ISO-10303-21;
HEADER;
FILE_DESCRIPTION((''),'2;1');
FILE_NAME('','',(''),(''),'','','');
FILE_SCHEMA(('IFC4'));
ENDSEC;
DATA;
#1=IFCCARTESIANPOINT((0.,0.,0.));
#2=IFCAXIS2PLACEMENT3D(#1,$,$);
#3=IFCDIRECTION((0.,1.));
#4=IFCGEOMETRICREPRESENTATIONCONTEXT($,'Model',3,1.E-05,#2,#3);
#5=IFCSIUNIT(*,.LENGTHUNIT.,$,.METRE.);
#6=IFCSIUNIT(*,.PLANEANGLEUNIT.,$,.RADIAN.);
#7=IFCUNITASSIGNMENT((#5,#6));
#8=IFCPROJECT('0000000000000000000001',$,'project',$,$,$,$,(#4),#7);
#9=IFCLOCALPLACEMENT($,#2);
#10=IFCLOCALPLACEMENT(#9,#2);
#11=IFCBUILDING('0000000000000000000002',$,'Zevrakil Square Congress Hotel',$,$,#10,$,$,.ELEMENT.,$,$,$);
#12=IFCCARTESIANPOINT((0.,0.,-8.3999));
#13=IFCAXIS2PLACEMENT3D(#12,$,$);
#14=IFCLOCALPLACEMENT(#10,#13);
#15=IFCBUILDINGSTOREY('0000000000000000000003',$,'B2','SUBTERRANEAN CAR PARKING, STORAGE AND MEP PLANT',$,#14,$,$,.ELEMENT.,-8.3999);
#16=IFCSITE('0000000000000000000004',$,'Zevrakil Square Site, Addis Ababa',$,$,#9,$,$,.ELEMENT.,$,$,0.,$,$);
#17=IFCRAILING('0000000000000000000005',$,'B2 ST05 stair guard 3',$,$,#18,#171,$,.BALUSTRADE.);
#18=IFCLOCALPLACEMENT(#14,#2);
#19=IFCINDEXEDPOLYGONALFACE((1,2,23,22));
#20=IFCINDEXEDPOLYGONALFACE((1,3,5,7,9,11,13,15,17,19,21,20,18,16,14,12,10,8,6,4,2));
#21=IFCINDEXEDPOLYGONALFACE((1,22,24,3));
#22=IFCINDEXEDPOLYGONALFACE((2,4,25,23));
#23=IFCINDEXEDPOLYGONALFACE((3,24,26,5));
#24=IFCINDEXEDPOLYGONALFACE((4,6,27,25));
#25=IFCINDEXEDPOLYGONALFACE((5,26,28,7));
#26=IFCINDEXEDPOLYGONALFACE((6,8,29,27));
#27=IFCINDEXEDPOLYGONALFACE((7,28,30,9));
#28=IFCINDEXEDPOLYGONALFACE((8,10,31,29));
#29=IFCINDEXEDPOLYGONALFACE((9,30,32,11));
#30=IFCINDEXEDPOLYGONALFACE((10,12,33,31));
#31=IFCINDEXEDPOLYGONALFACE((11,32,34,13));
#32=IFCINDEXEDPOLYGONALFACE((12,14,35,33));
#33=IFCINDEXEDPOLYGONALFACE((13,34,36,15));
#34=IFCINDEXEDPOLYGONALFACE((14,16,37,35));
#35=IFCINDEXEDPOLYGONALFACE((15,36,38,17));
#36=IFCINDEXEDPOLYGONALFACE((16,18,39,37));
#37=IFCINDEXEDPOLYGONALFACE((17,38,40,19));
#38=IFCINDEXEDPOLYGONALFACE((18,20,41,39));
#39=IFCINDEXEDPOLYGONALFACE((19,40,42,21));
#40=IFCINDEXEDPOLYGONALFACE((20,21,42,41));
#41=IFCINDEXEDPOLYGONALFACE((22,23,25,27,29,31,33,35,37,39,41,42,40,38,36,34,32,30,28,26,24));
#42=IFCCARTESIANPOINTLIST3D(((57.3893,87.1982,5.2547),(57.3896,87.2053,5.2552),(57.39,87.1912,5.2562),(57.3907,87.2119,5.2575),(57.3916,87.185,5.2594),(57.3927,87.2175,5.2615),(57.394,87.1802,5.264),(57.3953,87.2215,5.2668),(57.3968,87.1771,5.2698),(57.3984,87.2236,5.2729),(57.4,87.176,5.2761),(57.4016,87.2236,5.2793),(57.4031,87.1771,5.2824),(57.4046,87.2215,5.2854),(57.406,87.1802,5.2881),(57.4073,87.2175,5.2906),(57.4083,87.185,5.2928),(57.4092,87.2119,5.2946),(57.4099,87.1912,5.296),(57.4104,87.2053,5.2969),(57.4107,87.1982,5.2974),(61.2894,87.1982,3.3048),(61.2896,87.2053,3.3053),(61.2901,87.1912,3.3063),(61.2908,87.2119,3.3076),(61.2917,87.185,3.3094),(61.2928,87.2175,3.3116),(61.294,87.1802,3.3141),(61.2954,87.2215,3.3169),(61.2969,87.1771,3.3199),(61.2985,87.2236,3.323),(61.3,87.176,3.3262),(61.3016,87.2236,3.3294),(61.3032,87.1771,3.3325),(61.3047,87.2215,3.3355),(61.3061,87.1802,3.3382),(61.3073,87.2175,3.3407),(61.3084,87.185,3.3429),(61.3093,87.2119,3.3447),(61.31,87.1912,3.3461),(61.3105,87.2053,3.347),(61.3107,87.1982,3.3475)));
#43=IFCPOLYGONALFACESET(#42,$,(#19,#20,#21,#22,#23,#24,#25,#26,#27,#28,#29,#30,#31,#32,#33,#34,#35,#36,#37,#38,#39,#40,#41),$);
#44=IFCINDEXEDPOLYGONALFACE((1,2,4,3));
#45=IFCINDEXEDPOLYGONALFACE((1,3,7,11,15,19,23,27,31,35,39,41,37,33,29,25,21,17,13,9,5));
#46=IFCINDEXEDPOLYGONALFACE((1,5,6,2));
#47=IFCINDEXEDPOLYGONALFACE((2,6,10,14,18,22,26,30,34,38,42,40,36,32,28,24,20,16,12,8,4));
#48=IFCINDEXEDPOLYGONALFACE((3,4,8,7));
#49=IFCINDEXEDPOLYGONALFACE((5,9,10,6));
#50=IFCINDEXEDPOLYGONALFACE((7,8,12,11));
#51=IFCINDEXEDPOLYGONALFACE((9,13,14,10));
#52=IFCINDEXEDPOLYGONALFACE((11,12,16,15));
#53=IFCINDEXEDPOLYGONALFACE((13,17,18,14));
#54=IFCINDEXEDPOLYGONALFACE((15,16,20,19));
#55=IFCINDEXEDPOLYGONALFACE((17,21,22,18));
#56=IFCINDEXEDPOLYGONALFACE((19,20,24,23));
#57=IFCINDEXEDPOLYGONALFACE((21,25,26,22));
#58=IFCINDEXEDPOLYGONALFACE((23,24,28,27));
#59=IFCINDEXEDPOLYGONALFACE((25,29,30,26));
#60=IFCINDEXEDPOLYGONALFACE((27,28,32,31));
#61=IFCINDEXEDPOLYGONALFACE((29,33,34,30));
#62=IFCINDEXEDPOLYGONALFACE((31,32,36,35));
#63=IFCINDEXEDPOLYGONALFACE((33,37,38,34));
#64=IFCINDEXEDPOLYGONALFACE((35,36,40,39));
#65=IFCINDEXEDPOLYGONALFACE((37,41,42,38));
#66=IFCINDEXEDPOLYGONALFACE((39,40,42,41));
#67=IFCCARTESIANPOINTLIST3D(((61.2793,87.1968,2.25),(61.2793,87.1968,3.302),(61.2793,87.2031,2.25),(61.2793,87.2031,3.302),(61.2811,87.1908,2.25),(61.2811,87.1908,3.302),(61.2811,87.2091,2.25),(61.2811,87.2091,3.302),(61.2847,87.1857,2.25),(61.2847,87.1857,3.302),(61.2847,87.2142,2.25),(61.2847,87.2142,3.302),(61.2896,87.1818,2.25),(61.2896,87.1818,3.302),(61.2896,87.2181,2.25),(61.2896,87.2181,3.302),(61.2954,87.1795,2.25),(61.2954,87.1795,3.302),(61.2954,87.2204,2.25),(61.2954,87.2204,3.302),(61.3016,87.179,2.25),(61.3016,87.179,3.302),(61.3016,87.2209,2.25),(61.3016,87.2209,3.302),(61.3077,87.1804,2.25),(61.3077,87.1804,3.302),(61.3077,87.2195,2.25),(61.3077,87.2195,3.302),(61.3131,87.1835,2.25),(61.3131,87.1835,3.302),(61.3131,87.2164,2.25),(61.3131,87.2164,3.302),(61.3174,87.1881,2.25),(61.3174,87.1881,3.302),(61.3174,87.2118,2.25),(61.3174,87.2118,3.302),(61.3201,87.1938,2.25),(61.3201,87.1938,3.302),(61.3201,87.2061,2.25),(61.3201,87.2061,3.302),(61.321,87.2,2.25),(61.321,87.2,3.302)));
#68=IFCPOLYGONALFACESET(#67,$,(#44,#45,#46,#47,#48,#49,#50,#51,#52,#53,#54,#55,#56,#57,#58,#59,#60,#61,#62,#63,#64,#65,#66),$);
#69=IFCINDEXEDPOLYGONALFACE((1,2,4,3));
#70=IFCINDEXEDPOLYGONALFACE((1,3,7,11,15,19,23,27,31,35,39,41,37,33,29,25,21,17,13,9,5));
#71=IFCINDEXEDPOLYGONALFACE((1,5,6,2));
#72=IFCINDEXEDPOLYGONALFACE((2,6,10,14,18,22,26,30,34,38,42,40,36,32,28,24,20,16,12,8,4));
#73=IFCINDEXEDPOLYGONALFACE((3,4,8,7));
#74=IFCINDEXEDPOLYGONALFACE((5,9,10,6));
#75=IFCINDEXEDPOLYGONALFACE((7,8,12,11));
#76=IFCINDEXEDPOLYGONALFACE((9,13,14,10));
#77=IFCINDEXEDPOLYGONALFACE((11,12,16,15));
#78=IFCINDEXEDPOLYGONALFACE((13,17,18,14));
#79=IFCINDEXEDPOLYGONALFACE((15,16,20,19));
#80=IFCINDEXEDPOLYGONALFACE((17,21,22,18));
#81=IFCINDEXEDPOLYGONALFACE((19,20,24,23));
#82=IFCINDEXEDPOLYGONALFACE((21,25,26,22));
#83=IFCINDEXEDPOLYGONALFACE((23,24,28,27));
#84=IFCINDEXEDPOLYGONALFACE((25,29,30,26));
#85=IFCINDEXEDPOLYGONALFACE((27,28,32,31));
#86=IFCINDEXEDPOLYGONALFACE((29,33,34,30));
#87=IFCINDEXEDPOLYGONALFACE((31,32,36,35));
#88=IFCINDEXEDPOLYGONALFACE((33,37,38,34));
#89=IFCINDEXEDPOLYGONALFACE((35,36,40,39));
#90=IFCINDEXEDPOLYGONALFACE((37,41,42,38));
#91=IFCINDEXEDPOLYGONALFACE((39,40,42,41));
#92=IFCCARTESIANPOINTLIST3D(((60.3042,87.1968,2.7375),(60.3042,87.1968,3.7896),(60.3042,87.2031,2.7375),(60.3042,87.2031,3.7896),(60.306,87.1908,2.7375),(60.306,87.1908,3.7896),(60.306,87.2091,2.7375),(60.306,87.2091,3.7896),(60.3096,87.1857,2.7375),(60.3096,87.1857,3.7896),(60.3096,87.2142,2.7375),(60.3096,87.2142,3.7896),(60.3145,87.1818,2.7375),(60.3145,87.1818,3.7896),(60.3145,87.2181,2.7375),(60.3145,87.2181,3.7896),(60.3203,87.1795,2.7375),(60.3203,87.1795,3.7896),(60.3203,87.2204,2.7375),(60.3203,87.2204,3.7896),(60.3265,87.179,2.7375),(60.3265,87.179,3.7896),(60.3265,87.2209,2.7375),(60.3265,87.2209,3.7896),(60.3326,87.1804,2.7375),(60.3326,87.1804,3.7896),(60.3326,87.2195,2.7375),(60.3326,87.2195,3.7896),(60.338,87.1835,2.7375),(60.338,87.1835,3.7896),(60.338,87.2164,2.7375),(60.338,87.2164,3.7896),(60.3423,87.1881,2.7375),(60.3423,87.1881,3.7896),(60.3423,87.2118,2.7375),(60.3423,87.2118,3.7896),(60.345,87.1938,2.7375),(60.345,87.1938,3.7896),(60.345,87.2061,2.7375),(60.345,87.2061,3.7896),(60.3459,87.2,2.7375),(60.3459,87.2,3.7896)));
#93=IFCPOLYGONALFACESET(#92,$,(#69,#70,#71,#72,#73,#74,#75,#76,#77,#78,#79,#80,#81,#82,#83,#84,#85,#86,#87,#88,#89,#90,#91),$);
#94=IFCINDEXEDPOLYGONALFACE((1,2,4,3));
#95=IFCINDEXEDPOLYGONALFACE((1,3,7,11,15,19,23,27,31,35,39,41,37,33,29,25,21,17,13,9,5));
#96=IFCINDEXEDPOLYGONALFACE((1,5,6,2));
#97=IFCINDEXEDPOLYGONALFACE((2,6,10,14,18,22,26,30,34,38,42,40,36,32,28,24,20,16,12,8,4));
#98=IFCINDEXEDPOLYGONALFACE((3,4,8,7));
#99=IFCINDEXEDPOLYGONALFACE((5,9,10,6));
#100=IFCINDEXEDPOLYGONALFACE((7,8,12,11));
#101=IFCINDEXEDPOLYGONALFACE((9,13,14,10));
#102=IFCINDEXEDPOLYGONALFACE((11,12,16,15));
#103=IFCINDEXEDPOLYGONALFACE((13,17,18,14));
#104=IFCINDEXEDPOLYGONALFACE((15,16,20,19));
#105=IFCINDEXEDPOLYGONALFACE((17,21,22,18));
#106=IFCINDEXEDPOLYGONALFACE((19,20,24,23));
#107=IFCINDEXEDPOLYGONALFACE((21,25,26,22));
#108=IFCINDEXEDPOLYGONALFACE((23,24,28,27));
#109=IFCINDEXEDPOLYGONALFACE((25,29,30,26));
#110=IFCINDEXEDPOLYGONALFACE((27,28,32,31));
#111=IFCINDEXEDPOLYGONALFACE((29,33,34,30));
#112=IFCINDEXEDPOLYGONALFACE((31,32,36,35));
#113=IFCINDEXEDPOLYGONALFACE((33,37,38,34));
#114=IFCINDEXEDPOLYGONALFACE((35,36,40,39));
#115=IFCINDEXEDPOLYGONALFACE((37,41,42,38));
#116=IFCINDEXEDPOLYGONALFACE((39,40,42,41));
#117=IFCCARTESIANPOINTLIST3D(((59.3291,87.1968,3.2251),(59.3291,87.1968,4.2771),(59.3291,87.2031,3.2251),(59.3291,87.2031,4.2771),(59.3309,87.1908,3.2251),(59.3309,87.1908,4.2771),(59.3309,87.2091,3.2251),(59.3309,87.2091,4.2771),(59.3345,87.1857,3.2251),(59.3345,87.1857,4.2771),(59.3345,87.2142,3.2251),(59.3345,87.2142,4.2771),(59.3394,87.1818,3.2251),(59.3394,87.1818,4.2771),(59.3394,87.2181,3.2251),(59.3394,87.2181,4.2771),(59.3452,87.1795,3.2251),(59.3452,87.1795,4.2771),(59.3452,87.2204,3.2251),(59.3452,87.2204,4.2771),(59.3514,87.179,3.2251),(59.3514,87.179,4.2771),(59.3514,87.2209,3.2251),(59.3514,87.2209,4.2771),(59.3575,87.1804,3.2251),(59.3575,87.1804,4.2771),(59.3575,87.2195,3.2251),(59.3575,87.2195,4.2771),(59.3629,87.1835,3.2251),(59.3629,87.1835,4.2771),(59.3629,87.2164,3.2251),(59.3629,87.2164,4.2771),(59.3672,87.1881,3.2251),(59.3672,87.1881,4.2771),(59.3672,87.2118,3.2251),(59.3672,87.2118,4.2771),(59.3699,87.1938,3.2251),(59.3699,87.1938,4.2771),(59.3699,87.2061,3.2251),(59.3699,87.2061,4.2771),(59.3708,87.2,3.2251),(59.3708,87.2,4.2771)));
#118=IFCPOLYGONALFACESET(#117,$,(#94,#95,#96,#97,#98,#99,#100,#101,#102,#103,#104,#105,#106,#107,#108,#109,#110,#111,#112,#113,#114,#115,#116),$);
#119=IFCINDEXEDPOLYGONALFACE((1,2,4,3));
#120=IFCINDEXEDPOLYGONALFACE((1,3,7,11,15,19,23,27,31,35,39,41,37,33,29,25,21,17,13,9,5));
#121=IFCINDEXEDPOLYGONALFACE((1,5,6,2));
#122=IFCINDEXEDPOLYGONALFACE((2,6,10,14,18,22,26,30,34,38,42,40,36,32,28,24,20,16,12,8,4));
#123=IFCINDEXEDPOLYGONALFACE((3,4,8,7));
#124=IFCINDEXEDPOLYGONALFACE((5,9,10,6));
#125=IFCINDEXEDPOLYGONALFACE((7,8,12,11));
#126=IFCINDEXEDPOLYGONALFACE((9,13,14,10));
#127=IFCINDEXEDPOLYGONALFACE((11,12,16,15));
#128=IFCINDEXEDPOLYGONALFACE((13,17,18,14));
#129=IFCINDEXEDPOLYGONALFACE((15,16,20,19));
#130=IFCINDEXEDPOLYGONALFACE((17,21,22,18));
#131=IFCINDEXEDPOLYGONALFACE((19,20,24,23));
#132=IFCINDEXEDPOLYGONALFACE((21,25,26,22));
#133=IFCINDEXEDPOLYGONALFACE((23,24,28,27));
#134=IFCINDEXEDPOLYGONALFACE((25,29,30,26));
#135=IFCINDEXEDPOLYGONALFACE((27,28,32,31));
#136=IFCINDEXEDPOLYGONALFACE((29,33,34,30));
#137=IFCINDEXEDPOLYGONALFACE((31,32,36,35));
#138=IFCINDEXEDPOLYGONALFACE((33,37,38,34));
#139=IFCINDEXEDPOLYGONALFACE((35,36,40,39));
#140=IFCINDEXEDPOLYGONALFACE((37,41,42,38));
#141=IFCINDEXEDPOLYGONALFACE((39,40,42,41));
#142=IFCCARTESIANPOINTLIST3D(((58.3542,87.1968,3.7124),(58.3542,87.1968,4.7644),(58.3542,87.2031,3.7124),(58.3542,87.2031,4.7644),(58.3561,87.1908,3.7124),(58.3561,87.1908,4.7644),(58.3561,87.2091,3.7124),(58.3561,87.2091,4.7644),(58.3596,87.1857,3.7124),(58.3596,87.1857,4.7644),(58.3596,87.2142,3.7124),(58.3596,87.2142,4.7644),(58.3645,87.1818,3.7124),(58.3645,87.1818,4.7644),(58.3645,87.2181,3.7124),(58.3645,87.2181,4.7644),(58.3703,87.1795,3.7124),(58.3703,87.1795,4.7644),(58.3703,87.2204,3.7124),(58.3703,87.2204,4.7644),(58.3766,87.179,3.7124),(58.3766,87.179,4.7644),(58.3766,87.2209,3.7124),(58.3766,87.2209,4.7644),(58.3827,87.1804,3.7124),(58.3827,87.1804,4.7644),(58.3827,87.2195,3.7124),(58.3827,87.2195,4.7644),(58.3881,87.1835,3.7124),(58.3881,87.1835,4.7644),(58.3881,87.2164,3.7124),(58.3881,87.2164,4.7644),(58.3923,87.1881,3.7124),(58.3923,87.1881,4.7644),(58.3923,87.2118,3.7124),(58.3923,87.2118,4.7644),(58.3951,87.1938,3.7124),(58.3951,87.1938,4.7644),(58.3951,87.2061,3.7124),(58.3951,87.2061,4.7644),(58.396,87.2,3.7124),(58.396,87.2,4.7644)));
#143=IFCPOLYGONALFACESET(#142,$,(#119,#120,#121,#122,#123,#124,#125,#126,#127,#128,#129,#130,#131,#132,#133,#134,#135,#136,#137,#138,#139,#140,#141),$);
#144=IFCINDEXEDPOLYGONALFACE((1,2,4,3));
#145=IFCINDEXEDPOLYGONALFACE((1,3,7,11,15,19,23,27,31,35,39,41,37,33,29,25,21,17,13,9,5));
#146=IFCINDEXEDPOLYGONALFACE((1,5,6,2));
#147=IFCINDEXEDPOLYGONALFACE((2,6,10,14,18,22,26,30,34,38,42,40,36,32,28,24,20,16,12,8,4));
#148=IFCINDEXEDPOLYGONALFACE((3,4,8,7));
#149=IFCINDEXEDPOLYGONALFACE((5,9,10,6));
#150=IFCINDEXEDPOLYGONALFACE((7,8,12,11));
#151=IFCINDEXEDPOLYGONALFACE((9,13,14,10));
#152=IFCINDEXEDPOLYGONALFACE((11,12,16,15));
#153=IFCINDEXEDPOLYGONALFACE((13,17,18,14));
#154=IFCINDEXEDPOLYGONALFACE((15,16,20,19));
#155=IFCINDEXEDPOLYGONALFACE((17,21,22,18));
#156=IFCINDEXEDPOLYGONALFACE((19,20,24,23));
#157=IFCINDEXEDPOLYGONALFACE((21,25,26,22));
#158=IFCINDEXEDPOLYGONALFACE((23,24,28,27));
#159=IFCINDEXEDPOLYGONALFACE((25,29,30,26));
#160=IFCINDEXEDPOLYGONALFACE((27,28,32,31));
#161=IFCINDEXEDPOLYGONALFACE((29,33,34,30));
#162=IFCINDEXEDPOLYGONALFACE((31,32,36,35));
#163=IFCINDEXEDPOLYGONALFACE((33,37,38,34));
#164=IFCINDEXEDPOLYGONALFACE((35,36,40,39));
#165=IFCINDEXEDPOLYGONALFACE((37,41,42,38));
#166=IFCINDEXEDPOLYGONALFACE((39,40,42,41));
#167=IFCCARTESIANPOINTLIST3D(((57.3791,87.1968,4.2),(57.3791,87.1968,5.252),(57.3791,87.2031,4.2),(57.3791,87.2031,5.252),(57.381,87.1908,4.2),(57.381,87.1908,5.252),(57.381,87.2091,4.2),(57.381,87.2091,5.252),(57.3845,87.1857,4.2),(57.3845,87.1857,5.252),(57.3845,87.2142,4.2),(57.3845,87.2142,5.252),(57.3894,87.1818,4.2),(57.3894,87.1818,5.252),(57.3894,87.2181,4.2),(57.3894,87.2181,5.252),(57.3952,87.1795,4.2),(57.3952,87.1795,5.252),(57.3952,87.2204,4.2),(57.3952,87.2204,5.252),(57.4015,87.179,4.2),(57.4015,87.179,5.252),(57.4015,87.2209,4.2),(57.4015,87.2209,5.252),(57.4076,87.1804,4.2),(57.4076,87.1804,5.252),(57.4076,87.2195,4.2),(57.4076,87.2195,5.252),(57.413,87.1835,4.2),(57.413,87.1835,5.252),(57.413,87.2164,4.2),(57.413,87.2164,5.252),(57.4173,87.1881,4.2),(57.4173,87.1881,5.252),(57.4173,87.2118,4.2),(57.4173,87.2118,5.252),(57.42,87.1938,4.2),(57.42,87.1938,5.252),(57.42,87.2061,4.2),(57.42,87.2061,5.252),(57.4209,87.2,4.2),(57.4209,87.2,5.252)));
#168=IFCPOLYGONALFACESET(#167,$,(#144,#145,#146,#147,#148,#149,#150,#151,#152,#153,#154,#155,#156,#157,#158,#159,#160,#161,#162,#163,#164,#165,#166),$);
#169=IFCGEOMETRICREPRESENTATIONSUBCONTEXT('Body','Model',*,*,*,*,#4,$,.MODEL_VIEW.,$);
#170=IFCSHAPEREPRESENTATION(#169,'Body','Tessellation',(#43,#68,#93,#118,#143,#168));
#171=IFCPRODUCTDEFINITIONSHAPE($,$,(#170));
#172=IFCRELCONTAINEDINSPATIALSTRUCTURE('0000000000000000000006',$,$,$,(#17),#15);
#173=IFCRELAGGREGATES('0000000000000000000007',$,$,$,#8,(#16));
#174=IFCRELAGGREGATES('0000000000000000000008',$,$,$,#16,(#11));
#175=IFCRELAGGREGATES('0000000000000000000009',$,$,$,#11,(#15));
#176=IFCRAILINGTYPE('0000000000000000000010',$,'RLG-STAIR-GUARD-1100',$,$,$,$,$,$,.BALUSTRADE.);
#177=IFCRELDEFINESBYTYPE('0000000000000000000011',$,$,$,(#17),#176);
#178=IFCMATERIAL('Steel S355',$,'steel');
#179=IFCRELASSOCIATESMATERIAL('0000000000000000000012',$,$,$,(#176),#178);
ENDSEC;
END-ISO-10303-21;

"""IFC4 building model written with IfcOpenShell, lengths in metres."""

from ifc_helpers import new_model, si_unit, direction, frame, origin, origin_2d, place, context, subcontext, project, spatial, circle, extrude, material, type_object, element, save


model = new_model("IFC4")

# Units and contexts
model_context = context("Model", 3, precision=1e-05, world=origin(), true_north=direction((0.0, 1.0)))
body_context = subcontext(model_context, "Body", "Model", "MODEL_VIEW")
ifc_project = project(units=[si_unit("LENGTHUNIT", "METRE"), si_unit("PLANEANGLEUNIT", "RADIAN")], contexts=[model_context])

# Site, building, storey
site_placement = place(None, origin())
site = spatial("IfcSite", under=ifc_project, at=site_placement, Name="Zevrakil Square Site, Addis Ababa", CompositionType="ELEMENT", RefElevation=0.0)
building_placement = place(site_placement, origin())
building = spatial("IfcBuilding", under=site, at=building_placement, Name="Zevrakil Square Congress Hotel", CompositionType="ELEMENT")
storey_placement = place(building_placement, frame((0.0, 0.0, -8.3999)))
storey = spatial("IfcBuildingStorey", under=building, at=storey_placement, Name="B2", Description="SUBTERRANEAN CAR PARKING, STORAGE AND MEP PLANT", CompositionType="ELEMENT", Elevation=-8.3999)

# Railing
ifc_material_1 = material(Name="Steel S355", Category="steel")
railing_type_1 = type_object("IfcRailingType", Name="RLG-STAIR-GUARD-1100", PredefinedType="BALUSTRADE", material=ifc_material_1)
railing_1_placement = place(storey_placement, frame((61.3, 87.2, 2.25)))
element("IfcRailing", 1, at=railing_1_placement, inside=storey, type_object=railing_type_1, Name="B2 ST05 stair guard 3", PredefinedType="BALUSTRADE", context=body_context, shape_type="SweptSolid", body=[
    extrude(circle(Radius=0.0239, at=origin_2d()), frame((0.0, 0.0, 1.0762), z_axis=(-0.894438, 0.0, 0.447191), x_axis=(0.0, -1.0, 0.0)), (0.0, 0.0, 1.0), 4.3604),
    extrude(circle(Radius=0.021, at=origin_2d()), origin(), (0.0, 0.0, 1.0), 1.052),
    extrude(circle(Radius=0.021, at=origin_2d()), frame((-0.9751, 0.0, 0.4875)), (0.0, 0.0, 1.0), 1.052),
    extrude(circle(Radius=0.021, at=origin_2d()), frame((-1.9502, 0.0, 0.9751)), (0.0, 0.0, 1.0), 1.052),
    extrude(circle(Radius=0.021, at=origin_2d()), frame((-2.925, 0.0, 1.4624)), (0.0, 0.0, 1.0), 1.052),
    extrude(circle(Radius=0.021, at=origin_2d()), frame((-3.9001, 0.0, 1.95)), (0.0, 0.0, 1.0), 1.052),
])

save(model, "model.ifc")
